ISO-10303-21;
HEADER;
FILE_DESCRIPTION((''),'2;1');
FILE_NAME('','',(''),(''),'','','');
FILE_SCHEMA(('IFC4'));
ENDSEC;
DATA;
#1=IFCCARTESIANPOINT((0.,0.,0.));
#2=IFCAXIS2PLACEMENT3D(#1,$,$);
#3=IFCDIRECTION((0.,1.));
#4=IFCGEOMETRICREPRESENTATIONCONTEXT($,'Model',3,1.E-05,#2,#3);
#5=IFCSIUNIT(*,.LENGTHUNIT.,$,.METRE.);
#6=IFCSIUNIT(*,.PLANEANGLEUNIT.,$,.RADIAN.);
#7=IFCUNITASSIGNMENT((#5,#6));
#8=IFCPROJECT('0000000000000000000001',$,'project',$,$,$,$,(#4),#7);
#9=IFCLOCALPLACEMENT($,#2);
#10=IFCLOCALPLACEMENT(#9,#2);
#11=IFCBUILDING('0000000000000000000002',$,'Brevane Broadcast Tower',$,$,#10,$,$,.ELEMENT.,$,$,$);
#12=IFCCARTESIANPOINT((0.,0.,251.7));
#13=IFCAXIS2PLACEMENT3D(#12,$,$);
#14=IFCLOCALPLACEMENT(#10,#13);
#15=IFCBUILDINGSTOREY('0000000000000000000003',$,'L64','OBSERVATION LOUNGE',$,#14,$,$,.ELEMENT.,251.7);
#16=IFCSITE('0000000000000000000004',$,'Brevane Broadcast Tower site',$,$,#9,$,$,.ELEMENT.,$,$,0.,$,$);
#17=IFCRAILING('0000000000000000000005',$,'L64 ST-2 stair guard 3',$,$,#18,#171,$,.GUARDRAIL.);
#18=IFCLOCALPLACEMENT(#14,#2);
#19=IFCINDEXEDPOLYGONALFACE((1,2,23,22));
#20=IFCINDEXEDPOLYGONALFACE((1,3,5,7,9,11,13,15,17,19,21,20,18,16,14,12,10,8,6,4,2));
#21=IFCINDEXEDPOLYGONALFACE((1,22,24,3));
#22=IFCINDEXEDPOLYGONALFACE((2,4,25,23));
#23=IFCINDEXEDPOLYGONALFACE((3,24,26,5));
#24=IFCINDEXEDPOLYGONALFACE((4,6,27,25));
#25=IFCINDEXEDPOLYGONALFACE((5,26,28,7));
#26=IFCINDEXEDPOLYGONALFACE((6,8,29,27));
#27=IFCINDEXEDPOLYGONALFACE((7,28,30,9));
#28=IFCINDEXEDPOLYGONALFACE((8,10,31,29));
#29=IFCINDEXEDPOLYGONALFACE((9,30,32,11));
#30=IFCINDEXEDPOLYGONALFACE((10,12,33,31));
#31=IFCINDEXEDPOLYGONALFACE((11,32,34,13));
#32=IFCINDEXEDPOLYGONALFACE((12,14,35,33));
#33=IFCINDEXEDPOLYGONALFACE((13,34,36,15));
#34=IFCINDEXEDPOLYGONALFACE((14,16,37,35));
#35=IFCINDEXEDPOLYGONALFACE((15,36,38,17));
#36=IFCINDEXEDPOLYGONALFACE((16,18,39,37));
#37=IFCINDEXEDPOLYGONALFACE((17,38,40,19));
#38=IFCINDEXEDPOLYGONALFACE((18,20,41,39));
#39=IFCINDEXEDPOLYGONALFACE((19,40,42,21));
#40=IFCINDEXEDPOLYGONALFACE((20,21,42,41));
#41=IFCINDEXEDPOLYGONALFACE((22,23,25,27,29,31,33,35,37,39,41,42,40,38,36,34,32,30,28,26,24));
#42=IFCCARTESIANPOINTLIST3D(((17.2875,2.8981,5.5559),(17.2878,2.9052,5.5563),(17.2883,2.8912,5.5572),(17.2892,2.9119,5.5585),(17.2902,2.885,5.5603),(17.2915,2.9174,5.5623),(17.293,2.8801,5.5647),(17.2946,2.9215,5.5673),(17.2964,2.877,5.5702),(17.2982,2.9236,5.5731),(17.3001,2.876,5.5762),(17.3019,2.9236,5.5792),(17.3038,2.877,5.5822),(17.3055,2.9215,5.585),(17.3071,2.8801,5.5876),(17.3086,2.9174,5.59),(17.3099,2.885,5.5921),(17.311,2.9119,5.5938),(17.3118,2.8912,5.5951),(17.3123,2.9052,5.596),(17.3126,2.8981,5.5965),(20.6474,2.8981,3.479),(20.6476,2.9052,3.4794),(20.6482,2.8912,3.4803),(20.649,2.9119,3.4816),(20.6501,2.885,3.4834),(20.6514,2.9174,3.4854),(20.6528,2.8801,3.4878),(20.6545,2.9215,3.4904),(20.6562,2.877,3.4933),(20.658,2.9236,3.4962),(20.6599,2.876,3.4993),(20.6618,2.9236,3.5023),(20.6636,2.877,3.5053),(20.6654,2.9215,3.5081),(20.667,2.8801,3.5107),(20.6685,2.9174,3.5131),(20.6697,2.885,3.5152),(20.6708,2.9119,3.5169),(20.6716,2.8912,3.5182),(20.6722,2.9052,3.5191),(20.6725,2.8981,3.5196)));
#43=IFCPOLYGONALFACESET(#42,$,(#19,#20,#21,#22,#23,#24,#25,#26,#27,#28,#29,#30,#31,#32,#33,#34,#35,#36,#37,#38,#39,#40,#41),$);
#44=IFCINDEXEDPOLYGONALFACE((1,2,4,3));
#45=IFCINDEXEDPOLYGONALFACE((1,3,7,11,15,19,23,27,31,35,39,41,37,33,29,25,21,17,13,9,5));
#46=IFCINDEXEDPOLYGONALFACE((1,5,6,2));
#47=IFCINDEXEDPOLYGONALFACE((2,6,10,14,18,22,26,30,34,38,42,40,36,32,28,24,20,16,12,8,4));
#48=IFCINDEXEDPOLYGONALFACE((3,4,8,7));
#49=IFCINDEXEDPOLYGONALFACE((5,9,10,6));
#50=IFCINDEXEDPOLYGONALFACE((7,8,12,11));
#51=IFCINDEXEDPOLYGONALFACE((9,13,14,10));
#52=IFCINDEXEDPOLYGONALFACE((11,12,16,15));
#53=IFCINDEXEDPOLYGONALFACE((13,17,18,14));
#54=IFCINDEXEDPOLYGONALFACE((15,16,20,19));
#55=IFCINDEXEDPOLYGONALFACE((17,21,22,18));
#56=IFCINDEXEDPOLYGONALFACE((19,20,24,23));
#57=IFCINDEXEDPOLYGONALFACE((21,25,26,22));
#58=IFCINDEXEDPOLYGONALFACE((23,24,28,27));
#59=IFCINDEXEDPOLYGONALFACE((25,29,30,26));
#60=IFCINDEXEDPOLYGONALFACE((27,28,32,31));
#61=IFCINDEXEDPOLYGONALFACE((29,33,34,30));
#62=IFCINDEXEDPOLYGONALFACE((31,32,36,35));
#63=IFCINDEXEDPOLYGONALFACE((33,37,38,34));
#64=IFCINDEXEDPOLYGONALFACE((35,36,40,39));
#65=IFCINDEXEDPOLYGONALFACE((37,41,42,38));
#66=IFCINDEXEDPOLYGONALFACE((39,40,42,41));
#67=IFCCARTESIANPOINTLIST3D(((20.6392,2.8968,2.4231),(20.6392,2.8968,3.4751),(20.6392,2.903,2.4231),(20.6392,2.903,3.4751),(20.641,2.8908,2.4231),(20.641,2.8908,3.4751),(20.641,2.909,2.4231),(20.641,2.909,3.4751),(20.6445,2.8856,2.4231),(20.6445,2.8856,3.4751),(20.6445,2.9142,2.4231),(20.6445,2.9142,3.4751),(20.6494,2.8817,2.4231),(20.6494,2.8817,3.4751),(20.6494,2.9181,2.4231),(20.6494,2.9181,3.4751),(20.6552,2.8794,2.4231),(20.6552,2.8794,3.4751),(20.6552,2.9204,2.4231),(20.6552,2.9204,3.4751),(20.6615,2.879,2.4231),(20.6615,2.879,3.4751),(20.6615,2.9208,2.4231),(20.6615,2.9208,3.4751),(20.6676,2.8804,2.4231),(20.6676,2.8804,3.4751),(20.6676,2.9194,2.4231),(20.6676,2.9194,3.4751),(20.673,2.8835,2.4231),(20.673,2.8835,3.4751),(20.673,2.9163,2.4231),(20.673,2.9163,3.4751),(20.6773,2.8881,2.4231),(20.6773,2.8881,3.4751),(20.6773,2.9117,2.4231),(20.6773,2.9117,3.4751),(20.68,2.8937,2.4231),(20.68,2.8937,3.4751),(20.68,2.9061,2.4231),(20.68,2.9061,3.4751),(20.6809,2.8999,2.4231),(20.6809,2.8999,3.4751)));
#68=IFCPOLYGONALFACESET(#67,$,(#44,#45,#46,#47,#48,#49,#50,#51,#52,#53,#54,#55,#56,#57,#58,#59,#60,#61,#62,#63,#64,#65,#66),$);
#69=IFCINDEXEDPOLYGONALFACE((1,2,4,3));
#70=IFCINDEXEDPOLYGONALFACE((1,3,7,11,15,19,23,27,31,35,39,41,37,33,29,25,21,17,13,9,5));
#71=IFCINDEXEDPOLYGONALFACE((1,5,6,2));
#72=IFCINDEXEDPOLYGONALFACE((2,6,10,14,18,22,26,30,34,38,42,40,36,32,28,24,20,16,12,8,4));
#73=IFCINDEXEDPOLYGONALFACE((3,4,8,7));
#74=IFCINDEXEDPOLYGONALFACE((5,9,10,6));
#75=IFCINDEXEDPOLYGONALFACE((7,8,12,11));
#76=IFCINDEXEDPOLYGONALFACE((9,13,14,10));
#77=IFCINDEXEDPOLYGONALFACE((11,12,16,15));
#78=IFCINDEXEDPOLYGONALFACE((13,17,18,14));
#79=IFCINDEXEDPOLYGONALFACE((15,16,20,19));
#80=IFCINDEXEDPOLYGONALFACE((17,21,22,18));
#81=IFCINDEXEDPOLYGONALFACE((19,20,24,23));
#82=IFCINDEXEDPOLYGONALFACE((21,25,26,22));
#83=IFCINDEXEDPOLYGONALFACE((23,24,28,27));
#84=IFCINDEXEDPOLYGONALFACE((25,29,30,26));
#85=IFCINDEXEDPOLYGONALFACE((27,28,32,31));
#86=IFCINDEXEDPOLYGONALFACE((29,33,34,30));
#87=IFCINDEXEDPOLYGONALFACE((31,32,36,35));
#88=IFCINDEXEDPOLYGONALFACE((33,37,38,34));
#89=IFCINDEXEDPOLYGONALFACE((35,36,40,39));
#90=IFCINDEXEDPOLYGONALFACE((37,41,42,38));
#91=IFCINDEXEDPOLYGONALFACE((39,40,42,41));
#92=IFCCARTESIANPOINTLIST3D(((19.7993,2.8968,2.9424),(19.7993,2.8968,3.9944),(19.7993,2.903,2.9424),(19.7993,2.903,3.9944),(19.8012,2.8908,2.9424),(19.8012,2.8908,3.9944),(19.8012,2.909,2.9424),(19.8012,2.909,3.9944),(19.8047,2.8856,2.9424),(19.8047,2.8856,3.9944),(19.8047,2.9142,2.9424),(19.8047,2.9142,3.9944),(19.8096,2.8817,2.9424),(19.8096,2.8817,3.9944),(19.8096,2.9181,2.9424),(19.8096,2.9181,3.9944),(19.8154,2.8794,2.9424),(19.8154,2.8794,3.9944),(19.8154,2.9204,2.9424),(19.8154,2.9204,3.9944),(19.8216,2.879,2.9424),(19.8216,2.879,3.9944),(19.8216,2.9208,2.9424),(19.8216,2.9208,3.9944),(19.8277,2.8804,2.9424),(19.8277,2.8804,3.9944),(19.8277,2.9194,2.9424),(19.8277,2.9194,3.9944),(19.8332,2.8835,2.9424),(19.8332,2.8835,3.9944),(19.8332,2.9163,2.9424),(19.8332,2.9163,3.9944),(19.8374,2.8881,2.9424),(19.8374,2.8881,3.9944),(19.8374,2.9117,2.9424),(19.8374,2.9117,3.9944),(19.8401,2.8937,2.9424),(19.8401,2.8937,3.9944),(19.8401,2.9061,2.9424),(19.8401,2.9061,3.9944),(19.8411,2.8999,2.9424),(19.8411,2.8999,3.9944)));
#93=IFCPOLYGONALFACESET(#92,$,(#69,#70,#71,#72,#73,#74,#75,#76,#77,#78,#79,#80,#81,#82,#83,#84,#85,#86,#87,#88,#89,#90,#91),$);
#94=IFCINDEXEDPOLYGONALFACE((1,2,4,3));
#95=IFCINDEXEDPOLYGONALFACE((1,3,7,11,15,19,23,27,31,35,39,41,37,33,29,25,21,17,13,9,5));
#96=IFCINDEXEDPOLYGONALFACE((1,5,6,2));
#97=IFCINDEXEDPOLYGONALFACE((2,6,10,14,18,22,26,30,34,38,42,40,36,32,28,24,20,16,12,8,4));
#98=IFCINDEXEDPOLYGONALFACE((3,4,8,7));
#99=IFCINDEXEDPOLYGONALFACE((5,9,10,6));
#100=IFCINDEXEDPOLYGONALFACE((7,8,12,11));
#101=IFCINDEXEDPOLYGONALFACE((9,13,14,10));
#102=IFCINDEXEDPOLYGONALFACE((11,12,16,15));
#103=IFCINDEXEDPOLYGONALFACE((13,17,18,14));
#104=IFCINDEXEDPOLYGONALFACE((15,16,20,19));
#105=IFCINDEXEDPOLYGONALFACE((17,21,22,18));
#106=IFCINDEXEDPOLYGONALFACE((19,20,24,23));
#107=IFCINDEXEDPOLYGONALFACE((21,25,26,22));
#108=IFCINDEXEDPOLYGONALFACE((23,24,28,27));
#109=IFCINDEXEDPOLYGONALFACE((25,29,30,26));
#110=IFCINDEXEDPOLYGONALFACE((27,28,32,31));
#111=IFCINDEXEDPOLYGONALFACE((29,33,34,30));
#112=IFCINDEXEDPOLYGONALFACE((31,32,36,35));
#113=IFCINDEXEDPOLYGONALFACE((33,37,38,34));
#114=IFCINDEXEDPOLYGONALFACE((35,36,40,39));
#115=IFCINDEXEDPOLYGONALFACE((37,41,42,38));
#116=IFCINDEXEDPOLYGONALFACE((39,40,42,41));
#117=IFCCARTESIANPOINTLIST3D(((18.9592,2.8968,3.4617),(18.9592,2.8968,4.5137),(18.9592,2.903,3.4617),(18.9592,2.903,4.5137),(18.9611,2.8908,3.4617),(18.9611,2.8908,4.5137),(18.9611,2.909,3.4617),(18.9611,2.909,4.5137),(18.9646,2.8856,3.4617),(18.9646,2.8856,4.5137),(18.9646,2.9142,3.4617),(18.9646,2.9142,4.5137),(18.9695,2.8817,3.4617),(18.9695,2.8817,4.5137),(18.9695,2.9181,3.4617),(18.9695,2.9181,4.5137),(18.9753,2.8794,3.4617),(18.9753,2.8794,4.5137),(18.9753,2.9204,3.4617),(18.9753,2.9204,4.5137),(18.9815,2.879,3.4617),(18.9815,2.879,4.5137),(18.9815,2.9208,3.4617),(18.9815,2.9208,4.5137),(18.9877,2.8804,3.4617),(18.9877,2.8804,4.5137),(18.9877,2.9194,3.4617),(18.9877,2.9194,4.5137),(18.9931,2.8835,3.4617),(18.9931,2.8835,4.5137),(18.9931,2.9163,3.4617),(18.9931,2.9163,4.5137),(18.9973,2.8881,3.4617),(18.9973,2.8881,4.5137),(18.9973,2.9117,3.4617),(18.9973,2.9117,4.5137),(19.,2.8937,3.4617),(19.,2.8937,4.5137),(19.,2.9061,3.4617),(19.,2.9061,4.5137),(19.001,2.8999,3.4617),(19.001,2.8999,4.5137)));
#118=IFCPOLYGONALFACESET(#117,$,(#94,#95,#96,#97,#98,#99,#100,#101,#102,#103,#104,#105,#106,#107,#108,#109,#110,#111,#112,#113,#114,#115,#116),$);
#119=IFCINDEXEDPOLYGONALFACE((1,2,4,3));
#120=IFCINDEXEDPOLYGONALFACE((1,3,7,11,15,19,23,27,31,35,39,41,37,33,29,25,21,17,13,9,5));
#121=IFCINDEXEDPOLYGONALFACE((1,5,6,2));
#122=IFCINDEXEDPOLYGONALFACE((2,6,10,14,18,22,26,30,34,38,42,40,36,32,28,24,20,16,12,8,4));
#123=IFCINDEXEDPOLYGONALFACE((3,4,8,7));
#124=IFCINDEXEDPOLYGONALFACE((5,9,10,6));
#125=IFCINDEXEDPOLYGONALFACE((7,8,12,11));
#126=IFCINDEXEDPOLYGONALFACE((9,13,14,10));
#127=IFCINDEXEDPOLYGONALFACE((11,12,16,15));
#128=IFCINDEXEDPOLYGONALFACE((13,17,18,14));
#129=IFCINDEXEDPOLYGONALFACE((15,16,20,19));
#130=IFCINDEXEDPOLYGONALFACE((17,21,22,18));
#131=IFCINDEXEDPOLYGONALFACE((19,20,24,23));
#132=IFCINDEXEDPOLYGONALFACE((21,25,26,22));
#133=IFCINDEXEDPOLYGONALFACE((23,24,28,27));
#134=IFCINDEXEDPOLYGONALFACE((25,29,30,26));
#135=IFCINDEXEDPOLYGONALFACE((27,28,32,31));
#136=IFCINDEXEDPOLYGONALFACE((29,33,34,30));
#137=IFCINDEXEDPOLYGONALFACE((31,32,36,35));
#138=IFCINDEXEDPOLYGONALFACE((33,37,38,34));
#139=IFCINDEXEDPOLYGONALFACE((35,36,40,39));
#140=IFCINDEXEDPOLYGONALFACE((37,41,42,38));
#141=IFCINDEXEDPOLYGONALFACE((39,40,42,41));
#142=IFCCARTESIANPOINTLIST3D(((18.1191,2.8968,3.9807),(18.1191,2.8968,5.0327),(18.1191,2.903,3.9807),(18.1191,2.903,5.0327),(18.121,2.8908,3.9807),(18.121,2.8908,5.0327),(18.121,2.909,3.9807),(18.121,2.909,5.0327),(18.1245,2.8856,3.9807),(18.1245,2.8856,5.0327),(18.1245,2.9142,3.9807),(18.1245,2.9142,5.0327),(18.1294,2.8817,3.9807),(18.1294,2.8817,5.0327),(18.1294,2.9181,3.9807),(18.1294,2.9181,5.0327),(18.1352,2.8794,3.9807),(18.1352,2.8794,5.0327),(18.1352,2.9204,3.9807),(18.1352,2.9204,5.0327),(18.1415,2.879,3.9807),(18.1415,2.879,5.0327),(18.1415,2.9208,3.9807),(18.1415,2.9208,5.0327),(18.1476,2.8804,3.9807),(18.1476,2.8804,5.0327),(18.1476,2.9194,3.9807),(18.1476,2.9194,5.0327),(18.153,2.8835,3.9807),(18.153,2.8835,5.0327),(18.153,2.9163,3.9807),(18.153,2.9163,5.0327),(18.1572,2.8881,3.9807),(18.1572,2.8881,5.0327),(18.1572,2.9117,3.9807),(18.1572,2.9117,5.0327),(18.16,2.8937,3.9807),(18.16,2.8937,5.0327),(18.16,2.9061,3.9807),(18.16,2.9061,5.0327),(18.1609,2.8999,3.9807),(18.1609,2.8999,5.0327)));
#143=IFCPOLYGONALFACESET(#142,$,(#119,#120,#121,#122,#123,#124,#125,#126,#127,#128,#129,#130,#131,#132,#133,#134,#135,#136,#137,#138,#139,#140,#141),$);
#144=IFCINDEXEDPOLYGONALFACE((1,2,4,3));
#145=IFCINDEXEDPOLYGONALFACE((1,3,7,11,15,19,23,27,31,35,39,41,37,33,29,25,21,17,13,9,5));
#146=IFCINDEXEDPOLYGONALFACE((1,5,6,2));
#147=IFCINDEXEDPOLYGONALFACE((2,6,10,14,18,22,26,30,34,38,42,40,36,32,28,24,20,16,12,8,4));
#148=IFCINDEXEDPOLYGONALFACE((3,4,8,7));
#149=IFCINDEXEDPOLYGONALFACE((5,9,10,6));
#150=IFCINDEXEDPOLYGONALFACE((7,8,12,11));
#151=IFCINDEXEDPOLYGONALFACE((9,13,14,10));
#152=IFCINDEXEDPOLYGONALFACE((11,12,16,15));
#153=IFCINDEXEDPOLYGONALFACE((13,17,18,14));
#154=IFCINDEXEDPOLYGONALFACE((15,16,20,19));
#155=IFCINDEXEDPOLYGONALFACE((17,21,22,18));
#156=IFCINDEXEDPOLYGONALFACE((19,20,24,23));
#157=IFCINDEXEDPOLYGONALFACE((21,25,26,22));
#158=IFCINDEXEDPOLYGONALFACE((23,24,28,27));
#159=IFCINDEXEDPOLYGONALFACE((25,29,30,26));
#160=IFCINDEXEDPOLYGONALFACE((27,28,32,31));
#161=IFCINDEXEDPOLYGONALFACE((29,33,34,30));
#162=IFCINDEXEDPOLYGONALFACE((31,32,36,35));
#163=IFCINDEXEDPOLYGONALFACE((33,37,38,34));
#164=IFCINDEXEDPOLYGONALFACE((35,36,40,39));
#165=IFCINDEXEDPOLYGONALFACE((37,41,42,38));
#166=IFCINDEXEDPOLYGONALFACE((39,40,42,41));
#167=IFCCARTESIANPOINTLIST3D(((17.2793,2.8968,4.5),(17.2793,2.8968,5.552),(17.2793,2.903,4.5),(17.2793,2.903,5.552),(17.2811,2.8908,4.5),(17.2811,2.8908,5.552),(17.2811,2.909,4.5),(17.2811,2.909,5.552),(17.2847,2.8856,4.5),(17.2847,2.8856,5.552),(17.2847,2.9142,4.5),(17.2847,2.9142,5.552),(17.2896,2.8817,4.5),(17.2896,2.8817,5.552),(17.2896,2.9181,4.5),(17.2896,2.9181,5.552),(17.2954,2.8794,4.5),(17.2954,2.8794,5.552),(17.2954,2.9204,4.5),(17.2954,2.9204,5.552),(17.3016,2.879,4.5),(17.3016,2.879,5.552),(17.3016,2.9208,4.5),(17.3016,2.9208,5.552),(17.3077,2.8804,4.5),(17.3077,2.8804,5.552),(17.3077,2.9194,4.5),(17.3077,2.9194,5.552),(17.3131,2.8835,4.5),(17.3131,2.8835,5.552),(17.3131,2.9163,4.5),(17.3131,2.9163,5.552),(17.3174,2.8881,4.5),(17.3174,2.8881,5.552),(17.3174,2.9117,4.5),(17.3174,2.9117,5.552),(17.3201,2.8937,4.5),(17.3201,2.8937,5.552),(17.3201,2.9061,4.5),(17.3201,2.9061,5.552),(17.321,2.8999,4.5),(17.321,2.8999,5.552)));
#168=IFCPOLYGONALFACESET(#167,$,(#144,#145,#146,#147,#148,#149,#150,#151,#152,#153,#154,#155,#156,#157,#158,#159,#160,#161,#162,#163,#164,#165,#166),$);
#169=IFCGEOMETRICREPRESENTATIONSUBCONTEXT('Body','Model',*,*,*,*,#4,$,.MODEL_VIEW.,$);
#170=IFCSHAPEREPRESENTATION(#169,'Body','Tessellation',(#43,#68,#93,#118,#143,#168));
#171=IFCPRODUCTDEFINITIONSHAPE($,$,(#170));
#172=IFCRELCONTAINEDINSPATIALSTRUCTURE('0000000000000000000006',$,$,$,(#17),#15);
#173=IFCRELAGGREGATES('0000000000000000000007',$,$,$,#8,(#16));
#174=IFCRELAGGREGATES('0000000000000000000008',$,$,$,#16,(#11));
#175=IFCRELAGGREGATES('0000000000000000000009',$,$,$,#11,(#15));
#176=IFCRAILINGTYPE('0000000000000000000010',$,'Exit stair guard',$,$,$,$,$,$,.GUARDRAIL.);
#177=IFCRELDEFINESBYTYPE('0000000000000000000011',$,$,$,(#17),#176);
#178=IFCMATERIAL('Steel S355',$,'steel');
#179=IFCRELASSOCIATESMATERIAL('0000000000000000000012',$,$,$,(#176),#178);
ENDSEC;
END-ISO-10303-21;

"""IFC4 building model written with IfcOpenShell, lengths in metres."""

from ifc_helpers import new_model, si_unit, direction, frame, origin, origin_2d, place, context, subcontext, project, spatial, circle, extrude, material, type_object, element, save


model = new_model("IFC4")

# Units and contexts
model_context = context("Model", 3, precision=1e-05, world=origin(), true_north=direction((0.0, 1.0)))
body_context = subcontext(model_context, "Body", "Model", "MODEL_VIEW")
ifc_project = project(units=[si_unit("LENGTHUNIT", "METRE"), si_unit("PLANEANGLEUNIT", "RADIAN")], contexts=[model_context])

# Site, building, storey
site_placement = place(None, origin())
site = spatial("IfcSite", under=ifc_project, at=site_placement, Name="Brevane Broadcast Tower site", CompositionType="ELEMENT", RefElevation=0.0)
building_placement = place(site_placement, origin())
building = spatial("IfcBuilding", under=site, at=building_placement, Name="Brevane Broadcast Tower", CompositionType="ELEMENT")
storey_placement = place(building_placement, frame((0.0, 0.0, 251.7)))
storey = spatial("IfcBuildingStorey", under=building, at=storey_placement, Name="L64", Description="OBSERVATION LOUNGE", CompositionType="ELEMENT", Elevation=251.7)

# Railing
ifc_material_1 = material(Name="Steel S355", Category="steel")
railing_type_1 = type_object("IfcRailingType", Name="Exit stair guard", PredefinedType="GUARDRAIL", material=ifc_material_1)
railing_1_placement = place(storey_placement, frame((20.6599, 2.8999, 2.4231)))
element("IfcRailing", 1, at=railing_1_placement, inside=storey, type_object=railing_type_1, Name="L64 ST-2 stair guard 3", PredefinedType="GUARDRAIL", context=body_context, shape_type="SweptSolid", body=[
    extrude(circle(Radius=0.0239, at=origin_2d()), frame((0.0, 0.0, 1.0762), z_axis=(-0.850606, 0.0, 0.525803), x_axis=(0.0, -1.0, 0.0)), (0.0, 0.0, 1.0), 3.95),
    extrude(circle(Radius=0.021, at=origin_2d()), origin(), (0.0, 0.0, 1.0), 1.052),
    extrude(circle(Radius=0.021, at=origin_2d()), frame((-0.8398, 0.0, 0.5193)), (0.0, 0.0, 1.0), 1.052),
    extrude(circle(Radius=0.021, at=origin_2d()), frame((-1.6799, 0.0, 1.0386)), (0.0, 0.0, 1.0), 1.052),
    extrude(circle(Radius=0.021, at=origin_2d()), frame((-2.52, 0.0, 1.5576)), (0.0, 0.0, 1.0), 1.052),
    extrude(circle(Radius=0.021, at=origin_2d()), frame((-3.3599, 0.0, 2.0769)), (0.0, 0.0, 1.0), 1.052),
])

save(model, "model.ifc")
